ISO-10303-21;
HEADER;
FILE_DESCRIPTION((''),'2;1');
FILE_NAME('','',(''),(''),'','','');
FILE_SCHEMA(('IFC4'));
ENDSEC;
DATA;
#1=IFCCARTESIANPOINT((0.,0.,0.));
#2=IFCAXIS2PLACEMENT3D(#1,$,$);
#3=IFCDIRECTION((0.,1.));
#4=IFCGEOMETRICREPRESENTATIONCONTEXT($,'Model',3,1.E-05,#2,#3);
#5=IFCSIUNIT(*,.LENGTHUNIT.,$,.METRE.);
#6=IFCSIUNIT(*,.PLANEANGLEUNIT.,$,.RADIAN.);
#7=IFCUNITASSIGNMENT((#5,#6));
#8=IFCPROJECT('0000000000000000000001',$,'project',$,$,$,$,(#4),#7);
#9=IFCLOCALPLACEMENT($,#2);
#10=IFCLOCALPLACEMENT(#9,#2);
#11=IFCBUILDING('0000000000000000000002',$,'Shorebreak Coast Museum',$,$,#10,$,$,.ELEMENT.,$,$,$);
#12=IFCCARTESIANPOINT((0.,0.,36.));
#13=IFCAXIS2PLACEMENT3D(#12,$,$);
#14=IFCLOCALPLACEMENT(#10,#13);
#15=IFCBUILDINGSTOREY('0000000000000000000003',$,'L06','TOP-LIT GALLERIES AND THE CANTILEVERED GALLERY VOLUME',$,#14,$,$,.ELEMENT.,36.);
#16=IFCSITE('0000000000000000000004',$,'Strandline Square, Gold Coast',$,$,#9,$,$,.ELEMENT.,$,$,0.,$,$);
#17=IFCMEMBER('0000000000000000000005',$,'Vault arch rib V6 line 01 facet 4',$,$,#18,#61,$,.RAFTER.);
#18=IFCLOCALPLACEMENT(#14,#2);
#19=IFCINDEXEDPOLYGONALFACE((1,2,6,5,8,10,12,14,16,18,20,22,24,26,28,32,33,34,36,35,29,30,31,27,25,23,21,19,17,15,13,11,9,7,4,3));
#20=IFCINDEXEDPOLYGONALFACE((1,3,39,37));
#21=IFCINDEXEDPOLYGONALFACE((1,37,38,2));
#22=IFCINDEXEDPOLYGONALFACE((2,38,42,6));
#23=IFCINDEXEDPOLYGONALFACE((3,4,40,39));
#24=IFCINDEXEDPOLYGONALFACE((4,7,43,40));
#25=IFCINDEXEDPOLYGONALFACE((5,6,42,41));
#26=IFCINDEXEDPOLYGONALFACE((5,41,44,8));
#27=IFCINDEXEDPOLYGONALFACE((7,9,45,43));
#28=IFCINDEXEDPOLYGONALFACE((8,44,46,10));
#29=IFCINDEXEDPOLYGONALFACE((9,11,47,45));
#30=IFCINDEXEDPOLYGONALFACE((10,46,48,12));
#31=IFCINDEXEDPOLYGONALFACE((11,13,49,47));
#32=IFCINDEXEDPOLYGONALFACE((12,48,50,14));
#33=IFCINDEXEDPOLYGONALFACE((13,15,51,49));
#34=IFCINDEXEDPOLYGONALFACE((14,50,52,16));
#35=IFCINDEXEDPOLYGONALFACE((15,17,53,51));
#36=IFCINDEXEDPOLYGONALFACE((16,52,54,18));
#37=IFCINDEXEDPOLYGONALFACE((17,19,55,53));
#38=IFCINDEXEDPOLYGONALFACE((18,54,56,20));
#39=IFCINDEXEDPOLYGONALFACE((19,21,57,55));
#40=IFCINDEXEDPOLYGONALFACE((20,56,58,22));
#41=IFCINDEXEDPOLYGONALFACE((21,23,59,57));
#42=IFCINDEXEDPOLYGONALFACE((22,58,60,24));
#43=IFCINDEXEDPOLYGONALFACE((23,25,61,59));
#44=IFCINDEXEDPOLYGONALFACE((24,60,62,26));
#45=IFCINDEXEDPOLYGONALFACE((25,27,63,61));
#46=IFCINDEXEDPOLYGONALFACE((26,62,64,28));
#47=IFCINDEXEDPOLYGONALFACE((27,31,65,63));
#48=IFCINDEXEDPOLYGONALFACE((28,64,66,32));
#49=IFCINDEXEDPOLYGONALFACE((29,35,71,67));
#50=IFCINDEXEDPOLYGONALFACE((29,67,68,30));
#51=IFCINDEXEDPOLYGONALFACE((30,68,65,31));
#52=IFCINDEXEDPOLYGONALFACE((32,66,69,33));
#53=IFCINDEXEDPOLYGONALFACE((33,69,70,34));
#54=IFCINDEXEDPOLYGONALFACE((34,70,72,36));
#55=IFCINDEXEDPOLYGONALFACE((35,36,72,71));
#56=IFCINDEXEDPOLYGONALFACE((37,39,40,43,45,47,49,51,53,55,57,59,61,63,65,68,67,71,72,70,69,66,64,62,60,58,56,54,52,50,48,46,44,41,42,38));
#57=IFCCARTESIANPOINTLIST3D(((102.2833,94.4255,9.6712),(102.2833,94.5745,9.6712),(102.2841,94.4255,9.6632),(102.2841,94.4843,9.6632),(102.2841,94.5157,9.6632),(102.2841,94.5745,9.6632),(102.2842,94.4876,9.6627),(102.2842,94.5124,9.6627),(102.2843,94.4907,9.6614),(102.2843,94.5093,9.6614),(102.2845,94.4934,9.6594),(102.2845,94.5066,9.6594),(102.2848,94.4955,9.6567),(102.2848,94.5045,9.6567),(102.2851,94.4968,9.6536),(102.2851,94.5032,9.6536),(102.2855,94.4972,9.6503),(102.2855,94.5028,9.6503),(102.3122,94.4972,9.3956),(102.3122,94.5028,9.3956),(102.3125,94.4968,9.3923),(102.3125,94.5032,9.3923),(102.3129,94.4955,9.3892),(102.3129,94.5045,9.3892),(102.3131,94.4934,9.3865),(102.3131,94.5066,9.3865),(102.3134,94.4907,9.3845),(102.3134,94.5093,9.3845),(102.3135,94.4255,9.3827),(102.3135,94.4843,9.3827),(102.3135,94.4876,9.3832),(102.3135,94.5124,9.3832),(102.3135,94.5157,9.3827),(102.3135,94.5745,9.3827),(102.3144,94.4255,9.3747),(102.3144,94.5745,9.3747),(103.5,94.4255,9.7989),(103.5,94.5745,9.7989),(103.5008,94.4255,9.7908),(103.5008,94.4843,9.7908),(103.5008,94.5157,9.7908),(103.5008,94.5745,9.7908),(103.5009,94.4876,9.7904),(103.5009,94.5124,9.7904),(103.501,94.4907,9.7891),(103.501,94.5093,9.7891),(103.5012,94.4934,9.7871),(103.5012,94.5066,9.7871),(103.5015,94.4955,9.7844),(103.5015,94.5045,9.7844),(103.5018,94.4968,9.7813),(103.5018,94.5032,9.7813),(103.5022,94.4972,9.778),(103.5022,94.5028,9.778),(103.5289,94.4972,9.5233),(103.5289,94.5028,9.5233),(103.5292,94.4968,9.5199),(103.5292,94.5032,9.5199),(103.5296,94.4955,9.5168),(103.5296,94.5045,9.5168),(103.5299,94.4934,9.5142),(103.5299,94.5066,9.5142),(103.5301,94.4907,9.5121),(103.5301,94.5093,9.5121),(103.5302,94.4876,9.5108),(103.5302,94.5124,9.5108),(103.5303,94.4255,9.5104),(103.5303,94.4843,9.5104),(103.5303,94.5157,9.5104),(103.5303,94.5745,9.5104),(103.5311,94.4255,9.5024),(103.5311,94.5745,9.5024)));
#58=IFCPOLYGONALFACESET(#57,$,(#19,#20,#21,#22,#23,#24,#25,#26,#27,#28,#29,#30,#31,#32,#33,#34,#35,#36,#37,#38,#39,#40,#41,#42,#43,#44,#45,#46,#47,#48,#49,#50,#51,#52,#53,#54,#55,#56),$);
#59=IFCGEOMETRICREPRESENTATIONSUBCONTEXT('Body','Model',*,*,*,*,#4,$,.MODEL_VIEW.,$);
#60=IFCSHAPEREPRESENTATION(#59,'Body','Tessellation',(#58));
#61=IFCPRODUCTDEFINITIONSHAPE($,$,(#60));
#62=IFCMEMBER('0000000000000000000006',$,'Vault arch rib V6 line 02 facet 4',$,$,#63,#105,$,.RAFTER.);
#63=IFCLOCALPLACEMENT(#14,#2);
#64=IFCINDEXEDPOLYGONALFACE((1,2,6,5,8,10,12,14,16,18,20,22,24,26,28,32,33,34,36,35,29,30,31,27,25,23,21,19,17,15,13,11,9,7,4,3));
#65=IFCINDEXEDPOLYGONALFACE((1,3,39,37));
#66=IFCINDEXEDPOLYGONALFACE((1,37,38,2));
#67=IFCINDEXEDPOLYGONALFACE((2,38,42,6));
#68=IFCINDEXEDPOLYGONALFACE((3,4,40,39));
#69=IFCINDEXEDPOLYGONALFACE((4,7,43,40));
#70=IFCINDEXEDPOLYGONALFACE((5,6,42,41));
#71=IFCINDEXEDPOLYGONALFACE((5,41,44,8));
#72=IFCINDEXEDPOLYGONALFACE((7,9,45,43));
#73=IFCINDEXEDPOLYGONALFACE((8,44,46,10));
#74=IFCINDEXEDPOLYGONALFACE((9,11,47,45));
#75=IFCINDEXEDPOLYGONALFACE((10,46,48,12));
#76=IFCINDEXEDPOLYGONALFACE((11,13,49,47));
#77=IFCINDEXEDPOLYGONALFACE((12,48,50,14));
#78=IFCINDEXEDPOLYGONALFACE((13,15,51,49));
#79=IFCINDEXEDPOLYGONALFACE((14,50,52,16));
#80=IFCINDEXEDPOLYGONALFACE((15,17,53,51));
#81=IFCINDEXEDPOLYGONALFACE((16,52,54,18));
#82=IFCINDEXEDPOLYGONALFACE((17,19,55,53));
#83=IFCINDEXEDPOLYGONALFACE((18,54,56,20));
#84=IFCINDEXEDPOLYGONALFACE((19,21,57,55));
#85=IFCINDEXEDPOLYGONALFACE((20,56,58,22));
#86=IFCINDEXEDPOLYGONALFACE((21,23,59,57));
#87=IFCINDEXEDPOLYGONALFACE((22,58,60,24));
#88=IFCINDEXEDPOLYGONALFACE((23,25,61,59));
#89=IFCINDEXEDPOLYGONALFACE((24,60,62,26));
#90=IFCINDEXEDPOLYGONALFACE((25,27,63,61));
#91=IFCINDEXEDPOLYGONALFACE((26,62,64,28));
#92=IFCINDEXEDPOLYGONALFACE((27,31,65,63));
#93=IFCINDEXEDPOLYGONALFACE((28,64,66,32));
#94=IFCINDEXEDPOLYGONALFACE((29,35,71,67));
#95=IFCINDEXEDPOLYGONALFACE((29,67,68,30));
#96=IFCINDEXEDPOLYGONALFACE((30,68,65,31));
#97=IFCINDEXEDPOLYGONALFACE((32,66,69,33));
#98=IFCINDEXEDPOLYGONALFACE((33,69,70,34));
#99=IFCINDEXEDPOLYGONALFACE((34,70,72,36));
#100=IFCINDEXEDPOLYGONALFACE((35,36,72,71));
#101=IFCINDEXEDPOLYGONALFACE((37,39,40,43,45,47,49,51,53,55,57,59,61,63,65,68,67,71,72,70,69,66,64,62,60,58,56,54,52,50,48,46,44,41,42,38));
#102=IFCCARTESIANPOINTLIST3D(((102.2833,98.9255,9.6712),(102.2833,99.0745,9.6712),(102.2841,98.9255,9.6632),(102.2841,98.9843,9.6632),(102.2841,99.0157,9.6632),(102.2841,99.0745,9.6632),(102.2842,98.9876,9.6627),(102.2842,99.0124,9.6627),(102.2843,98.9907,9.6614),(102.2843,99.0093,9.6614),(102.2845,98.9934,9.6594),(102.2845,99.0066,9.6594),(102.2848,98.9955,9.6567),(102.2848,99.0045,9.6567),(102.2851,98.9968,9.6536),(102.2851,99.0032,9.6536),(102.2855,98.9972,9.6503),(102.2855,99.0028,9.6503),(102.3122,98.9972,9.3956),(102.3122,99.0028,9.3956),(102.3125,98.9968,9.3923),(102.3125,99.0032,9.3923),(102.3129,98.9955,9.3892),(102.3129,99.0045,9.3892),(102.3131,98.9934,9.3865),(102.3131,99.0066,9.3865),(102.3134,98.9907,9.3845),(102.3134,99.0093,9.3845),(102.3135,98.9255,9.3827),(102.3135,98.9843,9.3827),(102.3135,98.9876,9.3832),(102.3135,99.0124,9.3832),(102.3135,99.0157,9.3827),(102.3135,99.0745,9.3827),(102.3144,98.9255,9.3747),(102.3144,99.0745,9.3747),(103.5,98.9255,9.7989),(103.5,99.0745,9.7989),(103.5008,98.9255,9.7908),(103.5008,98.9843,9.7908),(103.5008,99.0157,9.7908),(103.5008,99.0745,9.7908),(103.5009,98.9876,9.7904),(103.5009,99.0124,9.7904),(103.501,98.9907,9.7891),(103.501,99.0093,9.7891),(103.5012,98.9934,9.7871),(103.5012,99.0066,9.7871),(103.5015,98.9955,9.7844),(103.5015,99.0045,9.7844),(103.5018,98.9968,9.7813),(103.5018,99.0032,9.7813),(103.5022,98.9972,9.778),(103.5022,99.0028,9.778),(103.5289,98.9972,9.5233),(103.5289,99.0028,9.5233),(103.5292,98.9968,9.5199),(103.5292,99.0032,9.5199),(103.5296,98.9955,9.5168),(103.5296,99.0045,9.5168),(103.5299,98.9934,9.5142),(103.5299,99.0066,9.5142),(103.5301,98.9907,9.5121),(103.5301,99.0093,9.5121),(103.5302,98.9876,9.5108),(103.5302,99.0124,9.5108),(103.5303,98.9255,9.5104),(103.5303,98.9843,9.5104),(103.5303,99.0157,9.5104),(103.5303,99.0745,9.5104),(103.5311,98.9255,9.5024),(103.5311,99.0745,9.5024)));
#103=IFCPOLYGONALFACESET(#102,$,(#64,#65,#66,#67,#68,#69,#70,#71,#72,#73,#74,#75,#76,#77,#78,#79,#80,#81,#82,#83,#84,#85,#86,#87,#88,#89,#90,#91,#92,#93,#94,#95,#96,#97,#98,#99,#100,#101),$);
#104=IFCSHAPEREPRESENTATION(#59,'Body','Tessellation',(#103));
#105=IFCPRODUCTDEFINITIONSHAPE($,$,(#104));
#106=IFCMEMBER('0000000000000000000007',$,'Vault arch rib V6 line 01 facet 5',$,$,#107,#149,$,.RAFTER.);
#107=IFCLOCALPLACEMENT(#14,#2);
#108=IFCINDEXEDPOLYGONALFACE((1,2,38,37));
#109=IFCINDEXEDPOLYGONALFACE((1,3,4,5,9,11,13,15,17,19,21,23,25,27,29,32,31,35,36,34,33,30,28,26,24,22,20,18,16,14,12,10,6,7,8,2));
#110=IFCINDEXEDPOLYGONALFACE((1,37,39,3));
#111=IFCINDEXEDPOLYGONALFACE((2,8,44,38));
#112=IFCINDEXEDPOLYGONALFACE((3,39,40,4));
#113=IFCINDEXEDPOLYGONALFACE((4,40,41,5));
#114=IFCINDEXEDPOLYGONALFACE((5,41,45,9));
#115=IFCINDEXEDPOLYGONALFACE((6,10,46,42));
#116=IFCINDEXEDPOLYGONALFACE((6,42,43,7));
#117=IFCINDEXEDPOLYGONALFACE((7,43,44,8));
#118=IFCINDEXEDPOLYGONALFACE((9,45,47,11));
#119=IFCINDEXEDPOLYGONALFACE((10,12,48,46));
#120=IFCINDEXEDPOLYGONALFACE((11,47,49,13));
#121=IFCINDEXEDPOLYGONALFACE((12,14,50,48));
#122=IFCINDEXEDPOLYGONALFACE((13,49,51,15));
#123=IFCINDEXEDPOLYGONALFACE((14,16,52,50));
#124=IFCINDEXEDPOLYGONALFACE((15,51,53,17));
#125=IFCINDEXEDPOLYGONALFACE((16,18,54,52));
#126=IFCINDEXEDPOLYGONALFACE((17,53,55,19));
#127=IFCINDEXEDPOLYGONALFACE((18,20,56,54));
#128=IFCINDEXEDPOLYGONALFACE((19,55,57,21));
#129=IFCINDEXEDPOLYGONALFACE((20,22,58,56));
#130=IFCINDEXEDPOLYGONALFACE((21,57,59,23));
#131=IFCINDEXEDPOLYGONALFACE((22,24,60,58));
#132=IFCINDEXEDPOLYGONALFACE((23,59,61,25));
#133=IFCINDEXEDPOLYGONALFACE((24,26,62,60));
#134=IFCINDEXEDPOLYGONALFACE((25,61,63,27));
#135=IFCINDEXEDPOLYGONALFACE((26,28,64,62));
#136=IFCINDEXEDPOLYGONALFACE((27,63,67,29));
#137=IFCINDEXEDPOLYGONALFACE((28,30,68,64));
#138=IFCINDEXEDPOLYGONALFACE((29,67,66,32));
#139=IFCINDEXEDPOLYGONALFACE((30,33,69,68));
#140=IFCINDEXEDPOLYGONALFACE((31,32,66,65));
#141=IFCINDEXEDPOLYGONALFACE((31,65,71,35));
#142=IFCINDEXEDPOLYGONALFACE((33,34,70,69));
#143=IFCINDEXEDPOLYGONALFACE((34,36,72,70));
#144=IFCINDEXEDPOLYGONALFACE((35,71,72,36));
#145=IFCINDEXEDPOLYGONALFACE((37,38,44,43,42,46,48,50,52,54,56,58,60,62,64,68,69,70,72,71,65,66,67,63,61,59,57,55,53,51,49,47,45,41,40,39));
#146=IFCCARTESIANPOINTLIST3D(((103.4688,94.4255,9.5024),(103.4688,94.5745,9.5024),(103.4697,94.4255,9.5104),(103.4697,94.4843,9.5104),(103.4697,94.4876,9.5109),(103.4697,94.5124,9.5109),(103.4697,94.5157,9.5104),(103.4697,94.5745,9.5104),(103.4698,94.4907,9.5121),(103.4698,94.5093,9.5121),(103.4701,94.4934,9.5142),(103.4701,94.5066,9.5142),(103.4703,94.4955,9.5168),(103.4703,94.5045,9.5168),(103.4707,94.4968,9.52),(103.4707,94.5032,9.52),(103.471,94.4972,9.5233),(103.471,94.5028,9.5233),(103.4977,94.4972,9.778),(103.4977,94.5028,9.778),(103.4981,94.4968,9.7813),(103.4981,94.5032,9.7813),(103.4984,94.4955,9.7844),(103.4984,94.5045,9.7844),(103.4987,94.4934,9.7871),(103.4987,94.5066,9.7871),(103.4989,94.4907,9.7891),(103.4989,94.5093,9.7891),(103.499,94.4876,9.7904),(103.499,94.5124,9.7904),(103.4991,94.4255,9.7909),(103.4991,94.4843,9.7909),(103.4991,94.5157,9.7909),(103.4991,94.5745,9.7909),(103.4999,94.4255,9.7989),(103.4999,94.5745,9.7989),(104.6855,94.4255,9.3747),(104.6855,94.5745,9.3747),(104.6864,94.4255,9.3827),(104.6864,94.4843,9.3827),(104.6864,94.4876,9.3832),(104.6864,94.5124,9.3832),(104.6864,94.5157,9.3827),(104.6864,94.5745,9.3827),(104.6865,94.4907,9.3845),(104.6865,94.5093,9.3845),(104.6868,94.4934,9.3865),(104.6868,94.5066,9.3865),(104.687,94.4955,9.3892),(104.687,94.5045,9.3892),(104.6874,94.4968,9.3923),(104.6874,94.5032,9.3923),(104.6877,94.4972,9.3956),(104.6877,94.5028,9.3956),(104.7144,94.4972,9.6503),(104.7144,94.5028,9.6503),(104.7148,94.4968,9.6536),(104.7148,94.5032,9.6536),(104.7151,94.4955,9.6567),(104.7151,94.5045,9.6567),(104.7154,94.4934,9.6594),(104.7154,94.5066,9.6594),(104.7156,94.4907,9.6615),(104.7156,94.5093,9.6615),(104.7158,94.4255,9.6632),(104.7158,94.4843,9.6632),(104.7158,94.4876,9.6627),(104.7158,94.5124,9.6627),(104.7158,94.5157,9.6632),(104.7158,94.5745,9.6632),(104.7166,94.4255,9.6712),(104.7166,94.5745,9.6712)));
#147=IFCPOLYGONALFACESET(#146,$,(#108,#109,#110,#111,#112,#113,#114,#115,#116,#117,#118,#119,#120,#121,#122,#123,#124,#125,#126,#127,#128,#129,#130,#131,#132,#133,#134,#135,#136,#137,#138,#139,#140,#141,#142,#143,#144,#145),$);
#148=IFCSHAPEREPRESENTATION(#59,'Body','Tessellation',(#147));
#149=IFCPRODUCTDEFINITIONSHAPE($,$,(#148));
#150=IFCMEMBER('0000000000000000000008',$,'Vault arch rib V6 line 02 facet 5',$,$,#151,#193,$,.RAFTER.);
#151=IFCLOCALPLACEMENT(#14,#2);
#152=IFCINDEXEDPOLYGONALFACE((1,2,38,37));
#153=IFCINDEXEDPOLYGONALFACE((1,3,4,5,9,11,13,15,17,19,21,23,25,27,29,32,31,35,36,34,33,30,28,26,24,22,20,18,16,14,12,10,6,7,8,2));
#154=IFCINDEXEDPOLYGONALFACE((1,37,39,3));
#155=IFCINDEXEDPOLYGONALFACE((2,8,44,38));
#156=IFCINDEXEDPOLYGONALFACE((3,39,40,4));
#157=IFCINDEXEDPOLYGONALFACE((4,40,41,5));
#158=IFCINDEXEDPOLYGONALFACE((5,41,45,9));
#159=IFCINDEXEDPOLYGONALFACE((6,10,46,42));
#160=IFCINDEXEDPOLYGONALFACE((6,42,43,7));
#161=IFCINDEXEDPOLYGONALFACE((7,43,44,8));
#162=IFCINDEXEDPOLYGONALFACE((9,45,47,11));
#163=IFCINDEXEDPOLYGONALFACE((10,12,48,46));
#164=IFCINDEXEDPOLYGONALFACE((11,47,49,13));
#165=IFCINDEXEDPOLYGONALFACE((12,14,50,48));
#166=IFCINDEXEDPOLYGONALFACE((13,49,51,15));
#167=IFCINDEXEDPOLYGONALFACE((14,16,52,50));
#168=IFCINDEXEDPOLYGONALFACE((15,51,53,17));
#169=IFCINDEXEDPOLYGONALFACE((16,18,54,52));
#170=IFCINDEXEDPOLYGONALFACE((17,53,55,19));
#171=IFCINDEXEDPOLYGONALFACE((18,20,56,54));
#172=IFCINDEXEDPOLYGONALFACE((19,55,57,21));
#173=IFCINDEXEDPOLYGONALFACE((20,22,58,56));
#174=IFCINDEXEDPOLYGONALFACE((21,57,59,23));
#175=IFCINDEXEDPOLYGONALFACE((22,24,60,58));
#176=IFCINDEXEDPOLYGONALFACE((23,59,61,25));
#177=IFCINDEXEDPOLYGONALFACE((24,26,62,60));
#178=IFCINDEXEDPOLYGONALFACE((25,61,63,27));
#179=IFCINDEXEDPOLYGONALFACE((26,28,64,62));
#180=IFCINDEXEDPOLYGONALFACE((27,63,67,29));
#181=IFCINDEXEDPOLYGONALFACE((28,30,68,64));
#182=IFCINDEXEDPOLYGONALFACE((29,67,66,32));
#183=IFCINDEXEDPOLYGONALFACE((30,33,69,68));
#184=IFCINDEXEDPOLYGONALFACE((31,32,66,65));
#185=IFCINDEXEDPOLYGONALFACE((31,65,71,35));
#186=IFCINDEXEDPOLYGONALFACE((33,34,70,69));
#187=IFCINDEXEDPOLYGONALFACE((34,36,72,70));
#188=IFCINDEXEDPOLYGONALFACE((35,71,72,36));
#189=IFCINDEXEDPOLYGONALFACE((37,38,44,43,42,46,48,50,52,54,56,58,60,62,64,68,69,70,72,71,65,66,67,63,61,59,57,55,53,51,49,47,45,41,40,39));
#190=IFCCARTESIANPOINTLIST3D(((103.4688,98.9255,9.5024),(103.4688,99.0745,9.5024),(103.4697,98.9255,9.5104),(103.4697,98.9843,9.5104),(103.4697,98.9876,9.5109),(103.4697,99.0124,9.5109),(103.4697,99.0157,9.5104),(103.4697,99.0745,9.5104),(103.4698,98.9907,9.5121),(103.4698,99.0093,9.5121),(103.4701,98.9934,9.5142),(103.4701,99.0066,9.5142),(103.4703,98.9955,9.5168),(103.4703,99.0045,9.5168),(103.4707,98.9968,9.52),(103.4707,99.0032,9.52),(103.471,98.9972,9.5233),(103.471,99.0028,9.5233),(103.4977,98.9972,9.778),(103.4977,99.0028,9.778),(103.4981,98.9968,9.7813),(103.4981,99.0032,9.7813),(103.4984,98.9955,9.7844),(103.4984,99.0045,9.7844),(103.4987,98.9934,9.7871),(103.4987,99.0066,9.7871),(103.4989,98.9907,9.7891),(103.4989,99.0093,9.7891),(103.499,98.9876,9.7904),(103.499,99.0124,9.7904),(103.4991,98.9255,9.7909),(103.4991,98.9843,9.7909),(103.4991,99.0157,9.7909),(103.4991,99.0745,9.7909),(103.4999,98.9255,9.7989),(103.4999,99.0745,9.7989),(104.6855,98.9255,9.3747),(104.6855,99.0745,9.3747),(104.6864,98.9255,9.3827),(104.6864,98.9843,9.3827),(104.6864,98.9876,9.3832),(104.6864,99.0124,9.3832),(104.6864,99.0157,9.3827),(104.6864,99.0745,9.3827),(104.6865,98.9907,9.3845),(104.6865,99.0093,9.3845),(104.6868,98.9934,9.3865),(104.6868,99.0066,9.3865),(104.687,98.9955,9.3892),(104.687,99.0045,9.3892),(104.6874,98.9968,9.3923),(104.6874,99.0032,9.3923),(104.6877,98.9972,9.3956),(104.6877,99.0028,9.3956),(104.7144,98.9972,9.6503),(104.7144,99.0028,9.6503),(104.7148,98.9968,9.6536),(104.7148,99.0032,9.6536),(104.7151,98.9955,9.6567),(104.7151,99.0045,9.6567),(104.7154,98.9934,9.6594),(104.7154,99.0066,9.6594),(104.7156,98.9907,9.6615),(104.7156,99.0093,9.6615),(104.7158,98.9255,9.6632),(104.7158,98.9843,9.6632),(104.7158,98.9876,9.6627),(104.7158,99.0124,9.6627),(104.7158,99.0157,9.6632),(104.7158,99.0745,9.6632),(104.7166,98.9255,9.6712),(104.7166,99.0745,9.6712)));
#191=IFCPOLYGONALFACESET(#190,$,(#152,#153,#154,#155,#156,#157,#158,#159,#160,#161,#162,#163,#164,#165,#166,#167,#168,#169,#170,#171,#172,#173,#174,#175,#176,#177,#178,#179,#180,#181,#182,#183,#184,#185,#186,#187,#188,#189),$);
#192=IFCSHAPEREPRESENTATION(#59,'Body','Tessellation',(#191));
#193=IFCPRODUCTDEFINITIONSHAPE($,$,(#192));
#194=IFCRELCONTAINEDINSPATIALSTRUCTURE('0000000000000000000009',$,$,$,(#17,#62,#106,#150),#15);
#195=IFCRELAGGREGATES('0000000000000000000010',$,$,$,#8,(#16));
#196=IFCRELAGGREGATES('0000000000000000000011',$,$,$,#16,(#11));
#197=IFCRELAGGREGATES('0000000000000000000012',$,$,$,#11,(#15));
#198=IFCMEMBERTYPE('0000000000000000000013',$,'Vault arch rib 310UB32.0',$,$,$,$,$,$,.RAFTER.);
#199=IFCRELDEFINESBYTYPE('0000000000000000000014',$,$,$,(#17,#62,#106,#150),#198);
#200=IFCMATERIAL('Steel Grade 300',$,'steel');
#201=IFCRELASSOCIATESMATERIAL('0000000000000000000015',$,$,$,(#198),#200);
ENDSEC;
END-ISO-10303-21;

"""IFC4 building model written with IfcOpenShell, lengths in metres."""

from ifc_helpers import new_model, si_unit, direction, frame, origin, origin_2d, place, context, subcontext, project, spatial, i_section, extrude, material, material_profile, profile_set, type_object, element, save


model = new_model("IFC4")

# Units and contexts
model_context = context("Model", 3, precision=1e-05, world=origin(), true_north=direction((0.0, 1.0)))
body_context = subcontext(model_context, "Body", "Model", "MODEL_VIEW")
ifc_project = project(units=[si_unit("LENGTHUNIT", "METRE"), si_unit("PLANEANGLEUNIT", "RADIAN")], contexts=[model_context])

# Site, building, storey
site_placement = place(None, origin())
site = spatial("IfcSite", under=ifc_project, at=site_placement, Name="Strandline Square, Gold Coast", CompositionType="ELEMENT", RefElevation=0.0)
building_placement = place(site_placement, origin())
building = spatial("IfcBuilding", under=site, at=building_placement, Name="Shorebreak Coast Museum", CompositionType="ELEMENT")
storey_placement = place(building_placement, frame((0.0, 0.0, 36.0)))
storey = spatial("IfcBuildingStorey", under=building, at=storey_placement, Name="L06", Description="TOP-LIT GALLERIES AND THE CANTILEVERED GALLERY VOLUME", CompositionType="ELEMENT", Elevation=36.0)

# Members
ifc_material_1 = material(Name="Steel Grade 300", Category="steel")
ifc_material_profile_1 = material_profile(ifc_material_1, i_section(OverallWidth=0.1489, OverallDepth=0.2981, WebThickness=0.0056, FlangeThickness=0.0081, FilletRadius=0.0129, at=origin_2d()), Name="310UB32.0")
ifc_profile_set_1 = profile_set([ifc_material_profile_1], Name="Steel Grade 300")
member_type_1 = type_object("IfcMemberType", Name="Vault arch rib 310UB32.0", PredefinedType="RAFTER", material=ifc_profile_set_1)
for number, where, z_axis, x_axis, name in (
    (1, (102.2988, 94.5, 9.5229), (0.994539, 0.0, 0.104363), (0.0, 1.0, 0.0), "Vault arch rib V6 line 01 facet 4"),
    (2, (102.2988, 99.0, 9.5229), (0.994539, 0.0, 0.104363), (0.0, 1.0, 0.0), "Vault arch rib V6 line 02 facet 4"),
    (3, (103.4844, 94.5, 9.6506), (0.994539, 0.0, -0.104363), (0.0, 1.0, 0.0), "Vault arch rib V6 line 01 facet 5"),
    (4, (103.4844, 99.0, 9.6506), (0.994539, 0.0, -0.104363), (0.0, 1.0, 0.0), "Vault arch rib V6 line 02 facet 5"),
):
    element("IfcMember", number, at=place(storey_placement, frame(where, z_axis=z_axis, x_axis=x_axis)), inside=storey, type_object=member_type_1, Name=name, PredefinedType="RAFTER", context=body_context, shape_type="SweptSolid", body=[
        extrude(i_section(OverallWidth=0.1489, OverallDepth=0.2981, WebThickness=0.0056, FlangeThickness=0.0081, FilletRadius=0.0129, at=origin_2d()), origin(), (0.0, 0.0, 1.0), 1.2234),
    ])

save(model, "model.ifc")
